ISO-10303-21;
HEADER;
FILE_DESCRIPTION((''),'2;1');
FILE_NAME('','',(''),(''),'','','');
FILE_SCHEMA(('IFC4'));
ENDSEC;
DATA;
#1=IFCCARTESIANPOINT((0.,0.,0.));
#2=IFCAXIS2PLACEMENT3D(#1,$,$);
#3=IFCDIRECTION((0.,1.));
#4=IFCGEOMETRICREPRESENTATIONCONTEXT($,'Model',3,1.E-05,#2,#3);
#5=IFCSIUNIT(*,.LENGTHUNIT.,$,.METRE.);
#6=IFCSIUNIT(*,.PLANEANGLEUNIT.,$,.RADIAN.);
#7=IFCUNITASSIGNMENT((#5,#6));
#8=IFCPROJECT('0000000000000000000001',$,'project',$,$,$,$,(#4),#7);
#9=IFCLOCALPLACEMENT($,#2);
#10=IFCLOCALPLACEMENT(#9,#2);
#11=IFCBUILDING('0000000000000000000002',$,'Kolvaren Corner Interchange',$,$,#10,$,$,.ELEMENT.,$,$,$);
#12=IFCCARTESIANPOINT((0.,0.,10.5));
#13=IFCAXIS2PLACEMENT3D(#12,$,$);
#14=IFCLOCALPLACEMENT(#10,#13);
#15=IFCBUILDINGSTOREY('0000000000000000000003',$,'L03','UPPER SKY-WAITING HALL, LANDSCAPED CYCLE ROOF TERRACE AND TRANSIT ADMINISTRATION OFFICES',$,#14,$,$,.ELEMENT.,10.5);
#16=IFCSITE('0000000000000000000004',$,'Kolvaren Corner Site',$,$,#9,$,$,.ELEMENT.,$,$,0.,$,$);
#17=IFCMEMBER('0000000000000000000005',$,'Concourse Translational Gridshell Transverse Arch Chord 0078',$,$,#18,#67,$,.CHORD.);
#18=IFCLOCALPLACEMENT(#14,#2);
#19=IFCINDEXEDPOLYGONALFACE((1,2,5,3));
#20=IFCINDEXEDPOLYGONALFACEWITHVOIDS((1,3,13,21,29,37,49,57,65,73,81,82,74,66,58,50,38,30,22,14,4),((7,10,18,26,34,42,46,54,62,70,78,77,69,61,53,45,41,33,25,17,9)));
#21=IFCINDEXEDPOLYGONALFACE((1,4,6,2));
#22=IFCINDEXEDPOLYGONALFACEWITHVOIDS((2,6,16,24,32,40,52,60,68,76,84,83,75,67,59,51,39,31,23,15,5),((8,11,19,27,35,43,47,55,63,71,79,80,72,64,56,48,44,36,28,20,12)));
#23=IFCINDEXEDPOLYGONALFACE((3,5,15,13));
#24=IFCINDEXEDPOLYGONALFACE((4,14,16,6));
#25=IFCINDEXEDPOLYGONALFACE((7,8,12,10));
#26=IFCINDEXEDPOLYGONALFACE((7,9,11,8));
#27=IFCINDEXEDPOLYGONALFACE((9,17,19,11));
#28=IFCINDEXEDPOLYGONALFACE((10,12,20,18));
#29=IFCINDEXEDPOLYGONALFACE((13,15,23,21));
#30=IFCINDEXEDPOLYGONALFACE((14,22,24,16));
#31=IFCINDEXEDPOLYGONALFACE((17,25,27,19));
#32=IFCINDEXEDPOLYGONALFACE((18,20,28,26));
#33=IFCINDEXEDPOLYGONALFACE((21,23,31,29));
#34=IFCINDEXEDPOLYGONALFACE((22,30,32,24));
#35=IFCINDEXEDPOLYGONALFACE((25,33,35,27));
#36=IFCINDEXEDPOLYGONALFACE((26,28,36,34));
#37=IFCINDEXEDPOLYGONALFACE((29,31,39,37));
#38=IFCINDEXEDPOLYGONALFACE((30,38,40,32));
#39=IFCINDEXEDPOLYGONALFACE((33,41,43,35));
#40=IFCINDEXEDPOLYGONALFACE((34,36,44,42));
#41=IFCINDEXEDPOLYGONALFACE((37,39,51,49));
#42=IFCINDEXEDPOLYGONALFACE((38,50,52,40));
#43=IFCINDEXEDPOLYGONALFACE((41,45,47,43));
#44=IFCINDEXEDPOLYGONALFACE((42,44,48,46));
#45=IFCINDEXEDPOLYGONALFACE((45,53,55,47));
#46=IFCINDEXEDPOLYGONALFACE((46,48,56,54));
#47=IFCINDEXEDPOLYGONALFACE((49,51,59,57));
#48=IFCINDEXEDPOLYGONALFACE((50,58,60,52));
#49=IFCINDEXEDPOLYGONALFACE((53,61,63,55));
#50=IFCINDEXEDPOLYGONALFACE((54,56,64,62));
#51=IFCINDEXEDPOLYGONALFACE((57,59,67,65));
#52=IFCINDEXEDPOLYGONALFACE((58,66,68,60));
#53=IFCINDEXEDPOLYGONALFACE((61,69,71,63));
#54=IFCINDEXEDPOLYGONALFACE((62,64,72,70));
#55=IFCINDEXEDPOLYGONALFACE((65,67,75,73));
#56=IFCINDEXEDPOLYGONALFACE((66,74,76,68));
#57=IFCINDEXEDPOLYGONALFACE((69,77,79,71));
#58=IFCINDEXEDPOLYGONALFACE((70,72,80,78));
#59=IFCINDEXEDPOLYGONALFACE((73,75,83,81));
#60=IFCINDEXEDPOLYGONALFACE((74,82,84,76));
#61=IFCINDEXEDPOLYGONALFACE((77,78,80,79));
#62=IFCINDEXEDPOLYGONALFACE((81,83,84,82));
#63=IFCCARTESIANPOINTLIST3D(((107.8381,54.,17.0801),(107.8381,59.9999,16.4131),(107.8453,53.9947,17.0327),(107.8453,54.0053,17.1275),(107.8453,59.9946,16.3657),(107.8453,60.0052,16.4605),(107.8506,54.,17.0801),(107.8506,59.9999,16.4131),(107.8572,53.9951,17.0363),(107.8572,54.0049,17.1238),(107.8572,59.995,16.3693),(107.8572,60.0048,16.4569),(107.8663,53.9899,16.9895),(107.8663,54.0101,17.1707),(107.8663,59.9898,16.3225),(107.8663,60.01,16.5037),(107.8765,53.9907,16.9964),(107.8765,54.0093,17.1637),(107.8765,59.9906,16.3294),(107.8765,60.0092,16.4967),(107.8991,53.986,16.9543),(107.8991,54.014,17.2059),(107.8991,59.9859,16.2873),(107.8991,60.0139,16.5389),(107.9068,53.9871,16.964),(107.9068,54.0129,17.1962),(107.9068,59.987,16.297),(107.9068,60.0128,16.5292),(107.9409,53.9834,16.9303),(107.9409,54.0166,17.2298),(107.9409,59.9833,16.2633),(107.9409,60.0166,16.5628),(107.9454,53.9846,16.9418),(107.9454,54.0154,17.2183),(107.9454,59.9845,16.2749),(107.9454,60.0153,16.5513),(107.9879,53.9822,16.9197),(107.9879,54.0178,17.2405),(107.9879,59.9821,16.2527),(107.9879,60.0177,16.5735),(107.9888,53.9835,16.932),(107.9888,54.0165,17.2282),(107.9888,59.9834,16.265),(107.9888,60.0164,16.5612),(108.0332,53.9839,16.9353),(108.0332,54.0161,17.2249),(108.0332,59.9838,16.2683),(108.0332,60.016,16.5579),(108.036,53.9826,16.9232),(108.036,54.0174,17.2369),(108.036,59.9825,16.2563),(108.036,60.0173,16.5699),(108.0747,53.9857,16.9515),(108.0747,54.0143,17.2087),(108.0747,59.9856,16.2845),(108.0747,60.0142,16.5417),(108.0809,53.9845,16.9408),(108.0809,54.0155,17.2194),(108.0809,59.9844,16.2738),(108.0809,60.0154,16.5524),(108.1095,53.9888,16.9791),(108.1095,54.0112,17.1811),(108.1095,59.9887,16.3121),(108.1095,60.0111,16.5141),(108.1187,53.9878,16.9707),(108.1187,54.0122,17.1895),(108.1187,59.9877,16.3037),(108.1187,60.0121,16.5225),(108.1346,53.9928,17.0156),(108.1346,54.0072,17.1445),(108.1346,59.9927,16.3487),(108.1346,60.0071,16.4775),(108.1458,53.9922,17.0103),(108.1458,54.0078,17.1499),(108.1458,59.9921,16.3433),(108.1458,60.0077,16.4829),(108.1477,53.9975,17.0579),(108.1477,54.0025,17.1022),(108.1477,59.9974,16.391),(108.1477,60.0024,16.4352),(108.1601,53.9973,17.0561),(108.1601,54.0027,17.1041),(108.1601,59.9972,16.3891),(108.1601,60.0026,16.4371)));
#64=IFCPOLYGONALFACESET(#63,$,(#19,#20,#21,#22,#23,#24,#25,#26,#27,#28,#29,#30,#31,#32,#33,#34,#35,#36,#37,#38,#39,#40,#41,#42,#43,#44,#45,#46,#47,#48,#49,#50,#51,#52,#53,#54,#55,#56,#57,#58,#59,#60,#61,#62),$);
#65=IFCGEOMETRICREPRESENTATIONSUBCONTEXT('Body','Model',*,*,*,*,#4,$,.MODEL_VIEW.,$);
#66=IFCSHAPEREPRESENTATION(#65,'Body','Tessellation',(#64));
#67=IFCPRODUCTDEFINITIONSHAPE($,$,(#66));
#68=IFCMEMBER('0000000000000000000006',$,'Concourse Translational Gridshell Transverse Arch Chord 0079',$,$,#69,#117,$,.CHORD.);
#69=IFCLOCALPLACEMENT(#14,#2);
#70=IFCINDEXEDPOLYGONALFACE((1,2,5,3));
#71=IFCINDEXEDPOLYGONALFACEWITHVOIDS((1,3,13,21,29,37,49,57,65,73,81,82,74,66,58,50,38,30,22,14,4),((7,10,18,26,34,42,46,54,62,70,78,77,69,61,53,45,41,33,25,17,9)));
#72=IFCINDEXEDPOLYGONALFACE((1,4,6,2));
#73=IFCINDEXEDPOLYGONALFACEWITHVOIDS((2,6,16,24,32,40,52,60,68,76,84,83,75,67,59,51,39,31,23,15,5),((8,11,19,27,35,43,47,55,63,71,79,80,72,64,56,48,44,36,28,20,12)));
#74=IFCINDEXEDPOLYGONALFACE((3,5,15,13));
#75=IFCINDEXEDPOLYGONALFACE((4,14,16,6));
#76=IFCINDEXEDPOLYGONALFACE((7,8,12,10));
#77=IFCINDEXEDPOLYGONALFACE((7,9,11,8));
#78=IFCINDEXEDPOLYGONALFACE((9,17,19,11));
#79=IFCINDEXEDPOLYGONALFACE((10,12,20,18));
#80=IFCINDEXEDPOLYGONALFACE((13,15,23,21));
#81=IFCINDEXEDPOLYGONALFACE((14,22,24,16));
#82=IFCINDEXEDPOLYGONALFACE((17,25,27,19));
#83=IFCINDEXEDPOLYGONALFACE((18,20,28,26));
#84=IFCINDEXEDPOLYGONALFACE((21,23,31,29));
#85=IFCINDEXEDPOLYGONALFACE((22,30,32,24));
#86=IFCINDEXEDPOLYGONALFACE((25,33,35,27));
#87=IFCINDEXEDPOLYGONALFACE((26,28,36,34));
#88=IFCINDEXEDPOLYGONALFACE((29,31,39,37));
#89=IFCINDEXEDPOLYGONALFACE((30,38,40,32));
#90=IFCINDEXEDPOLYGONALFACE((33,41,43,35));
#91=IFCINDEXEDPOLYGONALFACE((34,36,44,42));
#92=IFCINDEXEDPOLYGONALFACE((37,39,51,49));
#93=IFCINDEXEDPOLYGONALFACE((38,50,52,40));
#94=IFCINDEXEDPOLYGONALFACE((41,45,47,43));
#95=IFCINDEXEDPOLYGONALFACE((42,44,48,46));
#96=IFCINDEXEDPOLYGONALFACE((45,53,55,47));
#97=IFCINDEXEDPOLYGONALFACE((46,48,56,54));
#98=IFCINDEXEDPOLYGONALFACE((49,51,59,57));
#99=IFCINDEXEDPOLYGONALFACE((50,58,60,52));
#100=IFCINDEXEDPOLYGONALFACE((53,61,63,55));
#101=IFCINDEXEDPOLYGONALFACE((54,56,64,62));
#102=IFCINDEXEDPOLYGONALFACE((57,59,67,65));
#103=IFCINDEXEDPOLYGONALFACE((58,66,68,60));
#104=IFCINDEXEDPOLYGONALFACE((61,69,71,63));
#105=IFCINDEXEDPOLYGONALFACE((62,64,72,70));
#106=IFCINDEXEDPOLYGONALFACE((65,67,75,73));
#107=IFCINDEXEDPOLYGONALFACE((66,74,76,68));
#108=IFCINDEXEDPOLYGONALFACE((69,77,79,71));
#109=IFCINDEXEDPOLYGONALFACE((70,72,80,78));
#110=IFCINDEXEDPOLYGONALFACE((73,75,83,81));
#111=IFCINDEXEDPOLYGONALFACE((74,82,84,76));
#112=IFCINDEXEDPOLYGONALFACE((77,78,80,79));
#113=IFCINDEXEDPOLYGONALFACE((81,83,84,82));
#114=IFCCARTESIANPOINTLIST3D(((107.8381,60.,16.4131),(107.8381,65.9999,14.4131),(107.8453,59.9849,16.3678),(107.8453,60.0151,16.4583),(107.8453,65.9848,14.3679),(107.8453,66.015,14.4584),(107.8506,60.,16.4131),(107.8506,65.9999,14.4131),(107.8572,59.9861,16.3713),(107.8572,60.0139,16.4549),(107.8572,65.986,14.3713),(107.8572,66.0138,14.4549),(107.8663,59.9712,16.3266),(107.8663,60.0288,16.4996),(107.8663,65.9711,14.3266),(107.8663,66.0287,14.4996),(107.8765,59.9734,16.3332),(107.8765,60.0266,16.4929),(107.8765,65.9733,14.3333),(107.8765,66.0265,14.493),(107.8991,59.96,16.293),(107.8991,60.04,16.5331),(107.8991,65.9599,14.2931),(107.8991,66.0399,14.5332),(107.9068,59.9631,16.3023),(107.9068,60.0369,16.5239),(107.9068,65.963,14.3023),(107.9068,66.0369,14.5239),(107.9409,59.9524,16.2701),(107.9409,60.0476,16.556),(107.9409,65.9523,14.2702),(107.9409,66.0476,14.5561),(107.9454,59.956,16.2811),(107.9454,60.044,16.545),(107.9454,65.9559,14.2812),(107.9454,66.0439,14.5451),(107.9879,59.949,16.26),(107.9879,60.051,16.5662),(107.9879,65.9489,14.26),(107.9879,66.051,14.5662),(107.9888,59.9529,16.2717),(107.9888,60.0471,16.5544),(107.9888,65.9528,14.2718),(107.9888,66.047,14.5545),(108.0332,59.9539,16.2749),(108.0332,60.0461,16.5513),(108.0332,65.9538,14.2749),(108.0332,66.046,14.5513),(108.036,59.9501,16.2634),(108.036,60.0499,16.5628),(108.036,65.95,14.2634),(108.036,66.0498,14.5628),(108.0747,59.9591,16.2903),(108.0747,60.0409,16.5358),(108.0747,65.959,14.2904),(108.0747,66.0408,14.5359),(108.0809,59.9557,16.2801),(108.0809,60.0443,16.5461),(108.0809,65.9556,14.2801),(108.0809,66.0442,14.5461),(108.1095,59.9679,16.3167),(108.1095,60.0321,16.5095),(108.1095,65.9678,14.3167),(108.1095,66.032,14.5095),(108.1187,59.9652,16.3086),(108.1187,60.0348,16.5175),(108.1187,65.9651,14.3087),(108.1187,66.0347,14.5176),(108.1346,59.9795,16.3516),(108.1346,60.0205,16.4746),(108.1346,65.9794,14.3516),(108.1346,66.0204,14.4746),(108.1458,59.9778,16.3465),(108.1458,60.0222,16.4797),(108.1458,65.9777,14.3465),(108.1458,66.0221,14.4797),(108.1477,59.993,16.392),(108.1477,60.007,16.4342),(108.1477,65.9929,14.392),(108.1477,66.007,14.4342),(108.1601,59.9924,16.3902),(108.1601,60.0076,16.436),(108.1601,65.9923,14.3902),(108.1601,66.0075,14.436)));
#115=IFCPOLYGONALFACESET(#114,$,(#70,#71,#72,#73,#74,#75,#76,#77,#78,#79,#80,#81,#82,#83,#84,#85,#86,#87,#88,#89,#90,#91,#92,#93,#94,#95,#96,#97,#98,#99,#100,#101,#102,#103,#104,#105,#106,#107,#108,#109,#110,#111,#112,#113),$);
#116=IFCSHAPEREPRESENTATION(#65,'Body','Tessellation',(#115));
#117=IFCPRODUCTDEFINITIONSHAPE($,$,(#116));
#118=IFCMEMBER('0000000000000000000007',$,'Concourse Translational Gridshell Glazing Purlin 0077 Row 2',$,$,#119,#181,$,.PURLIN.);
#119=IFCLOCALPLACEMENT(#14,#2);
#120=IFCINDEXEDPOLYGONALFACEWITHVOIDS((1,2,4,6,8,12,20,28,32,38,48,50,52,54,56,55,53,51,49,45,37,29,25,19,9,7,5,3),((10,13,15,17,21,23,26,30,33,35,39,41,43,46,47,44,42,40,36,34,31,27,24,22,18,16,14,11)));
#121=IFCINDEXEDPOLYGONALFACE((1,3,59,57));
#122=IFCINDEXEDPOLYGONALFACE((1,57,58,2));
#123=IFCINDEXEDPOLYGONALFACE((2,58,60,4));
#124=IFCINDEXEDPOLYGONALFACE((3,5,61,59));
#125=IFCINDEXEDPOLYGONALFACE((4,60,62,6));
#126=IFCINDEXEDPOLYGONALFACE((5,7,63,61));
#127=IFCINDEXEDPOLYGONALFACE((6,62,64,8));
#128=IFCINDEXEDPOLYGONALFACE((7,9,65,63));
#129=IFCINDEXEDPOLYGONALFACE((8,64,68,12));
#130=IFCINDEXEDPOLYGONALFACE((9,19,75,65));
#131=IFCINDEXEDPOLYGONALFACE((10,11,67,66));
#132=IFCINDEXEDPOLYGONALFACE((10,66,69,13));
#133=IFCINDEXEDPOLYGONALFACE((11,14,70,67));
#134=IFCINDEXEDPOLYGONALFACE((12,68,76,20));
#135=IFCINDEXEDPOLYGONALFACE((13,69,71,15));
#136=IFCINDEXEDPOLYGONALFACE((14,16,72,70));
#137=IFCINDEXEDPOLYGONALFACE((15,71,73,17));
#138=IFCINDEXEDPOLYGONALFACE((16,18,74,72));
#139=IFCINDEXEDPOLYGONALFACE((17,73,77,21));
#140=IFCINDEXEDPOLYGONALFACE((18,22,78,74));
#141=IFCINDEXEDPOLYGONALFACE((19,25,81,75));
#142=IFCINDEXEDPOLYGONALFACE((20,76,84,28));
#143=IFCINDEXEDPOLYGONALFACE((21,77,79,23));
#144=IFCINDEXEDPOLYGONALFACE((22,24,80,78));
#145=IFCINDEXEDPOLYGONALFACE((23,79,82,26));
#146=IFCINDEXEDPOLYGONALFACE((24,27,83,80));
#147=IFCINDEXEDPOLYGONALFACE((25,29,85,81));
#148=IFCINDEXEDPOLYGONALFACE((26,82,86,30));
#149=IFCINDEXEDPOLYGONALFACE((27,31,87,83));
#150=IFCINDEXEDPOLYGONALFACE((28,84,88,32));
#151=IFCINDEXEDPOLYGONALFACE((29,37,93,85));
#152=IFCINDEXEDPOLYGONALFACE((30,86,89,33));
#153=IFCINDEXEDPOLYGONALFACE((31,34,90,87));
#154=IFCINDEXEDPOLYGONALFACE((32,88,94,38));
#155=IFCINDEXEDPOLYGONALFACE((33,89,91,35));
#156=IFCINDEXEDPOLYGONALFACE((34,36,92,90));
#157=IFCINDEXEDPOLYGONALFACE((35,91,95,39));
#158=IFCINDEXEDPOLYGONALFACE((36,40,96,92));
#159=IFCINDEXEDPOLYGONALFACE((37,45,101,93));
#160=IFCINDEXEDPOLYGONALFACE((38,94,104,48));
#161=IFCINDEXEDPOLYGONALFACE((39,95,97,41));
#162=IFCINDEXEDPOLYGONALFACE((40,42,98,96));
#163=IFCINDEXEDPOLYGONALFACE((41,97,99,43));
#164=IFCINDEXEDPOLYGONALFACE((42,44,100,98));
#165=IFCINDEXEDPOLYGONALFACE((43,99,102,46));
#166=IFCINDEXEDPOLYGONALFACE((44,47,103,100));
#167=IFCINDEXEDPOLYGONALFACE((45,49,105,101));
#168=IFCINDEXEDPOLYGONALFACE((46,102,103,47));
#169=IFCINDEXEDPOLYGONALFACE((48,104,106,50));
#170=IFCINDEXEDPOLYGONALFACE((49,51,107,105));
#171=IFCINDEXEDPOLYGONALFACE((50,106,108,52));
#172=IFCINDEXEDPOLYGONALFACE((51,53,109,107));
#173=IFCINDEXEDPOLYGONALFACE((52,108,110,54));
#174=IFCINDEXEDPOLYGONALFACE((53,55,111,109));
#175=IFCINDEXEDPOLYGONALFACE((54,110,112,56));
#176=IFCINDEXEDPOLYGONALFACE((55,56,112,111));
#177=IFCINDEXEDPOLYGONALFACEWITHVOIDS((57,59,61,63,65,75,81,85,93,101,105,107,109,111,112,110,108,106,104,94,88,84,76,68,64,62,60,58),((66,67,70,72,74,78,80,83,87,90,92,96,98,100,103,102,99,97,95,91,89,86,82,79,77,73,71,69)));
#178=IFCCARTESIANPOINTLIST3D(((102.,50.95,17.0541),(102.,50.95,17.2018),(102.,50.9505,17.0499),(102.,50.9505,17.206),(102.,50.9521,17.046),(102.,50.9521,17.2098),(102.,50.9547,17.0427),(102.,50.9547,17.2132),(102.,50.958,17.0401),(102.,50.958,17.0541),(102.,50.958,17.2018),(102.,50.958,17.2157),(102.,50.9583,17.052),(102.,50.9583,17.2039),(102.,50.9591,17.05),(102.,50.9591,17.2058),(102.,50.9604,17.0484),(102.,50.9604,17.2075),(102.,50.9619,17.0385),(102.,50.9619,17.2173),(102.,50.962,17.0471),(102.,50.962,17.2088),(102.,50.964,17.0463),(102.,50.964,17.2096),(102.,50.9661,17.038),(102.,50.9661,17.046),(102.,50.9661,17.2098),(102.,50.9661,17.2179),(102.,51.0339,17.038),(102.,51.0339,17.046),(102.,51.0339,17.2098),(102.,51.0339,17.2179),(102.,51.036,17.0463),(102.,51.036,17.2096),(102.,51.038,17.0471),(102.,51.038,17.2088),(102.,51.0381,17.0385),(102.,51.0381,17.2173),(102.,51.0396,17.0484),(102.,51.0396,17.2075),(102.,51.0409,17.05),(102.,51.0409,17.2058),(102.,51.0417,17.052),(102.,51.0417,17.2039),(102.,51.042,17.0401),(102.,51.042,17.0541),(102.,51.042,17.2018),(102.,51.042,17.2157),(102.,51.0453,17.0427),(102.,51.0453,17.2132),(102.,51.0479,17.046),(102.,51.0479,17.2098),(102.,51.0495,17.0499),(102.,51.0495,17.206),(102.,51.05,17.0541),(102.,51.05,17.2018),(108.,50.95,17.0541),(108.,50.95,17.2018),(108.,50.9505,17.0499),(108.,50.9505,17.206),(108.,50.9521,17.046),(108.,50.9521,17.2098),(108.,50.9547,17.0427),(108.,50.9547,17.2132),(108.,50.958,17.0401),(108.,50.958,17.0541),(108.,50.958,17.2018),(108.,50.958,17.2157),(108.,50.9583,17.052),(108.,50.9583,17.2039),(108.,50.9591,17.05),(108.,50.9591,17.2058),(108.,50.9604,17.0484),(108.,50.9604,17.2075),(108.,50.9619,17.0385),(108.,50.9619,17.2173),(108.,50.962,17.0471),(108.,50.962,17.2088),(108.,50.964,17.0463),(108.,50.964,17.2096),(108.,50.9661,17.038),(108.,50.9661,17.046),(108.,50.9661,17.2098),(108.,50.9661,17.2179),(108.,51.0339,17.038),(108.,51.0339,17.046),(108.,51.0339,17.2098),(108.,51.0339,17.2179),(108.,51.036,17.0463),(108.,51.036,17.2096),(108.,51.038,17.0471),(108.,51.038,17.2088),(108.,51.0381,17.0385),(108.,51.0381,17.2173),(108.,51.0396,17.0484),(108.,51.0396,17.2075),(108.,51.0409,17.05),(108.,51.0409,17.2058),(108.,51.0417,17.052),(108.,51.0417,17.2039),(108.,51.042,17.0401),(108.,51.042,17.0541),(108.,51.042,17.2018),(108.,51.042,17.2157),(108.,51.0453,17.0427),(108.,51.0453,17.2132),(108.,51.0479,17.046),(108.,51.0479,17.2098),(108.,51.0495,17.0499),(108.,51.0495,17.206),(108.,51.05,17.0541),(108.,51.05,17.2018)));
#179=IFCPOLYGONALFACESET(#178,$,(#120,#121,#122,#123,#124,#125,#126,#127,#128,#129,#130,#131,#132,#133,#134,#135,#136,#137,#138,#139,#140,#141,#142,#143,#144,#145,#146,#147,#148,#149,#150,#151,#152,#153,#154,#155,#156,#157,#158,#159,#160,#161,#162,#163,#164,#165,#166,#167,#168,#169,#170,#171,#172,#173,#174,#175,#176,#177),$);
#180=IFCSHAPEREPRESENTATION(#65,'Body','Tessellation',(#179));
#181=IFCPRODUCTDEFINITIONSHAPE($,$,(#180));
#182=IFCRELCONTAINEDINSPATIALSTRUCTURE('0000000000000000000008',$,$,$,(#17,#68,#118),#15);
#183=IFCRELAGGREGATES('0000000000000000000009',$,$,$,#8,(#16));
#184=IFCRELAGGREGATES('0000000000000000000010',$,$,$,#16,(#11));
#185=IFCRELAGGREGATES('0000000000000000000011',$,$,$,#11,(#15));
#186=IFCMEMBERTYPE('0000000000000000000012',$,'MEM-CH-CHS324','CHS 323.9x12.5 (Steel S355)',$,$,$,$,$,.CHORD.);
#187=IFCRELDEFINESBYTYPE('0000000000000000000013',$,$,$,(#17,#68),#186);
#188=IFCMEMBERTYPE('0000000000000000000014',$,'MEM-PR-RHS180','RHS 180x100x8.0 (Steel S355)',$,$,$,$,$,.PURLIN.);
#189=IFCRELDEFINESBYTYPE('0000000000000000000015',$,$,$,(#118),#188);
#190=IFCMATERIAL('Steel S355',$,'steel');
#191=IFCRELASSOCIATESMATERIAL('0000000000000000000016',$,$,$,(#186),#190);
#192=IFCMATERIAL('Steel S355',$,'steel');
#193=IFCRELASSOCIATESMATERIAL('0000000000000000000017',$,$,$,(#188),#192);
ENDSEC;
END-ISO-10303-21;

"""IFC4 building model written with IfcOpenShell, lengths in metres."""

from ifc_helpers import new_model, si_unit, direction, frame, origin, origin_2d, place, context, subcontext, project, spatial, hollow_rectangle, hollow_circle, extrude, material, material_profile, profile_set, type_object, element, save


model = new_model("IFC4")

# Units and contexts
model_context = context("Model", 3, precision=1e-05, world=origin(), true_north=direction((0.0, 1.0)))
body_context = subcontext(model_context, "Body", "Model", "MODEL_VIEW")
ifc_project = project(units=[si_unit("LENGTHUNIT", "METRE"), si_unit("PLANEANGLEUNIT", "RADIAN")], contexts=[model_context])

# Site, building, storey
site_placement = place(None, origin())
site = spatial("IfcSite", under=ifc_project, at=site_placement, Name="Kolvaren Corner Site", CompositionType="ELEMENT", RefElevation=0.0)
building_placement = place(site_placement, origin())
building = spatial("IfcBuilding", under=site, at=building_placement, Name="Kolvaren Corner Interchange", CompositionType="ELEMENT")
storey_placement = place(building_placement, frame((0.0, 0.0, 10.5)))
storey = spatial("IfcBuildingStorey", under=building, at=storey_placement, Name="L03", Description="UPPER SKY-WAITING HALL, LANDSCAPED CYCLE ROOF TERRACE AND TRANSIT ADMINISTRATION OFFICES", CompositionType="ELEMENT", Elevation=10.5)

# Members
ifc_material_1 = material(Name="Steel S355", Category="steel")
ifc_material_profile_1 = material_profile(ifc_material_1, hollow_circle(Radius=0.1619, WallThickness=0.0125, at=origin_2d()), Name="CHS 323.9x12.5")
ifc_profile_set_1 = profile_set([ifc_material_profile_1], Name="Steel S355")
member_type_1 = type_object("IfcMemberType", Name="MEM-CH-CHS324", Description="CHS 323.9x12.5 (Steel S355)", PredefinedType="CHORD", material=ifc_profile_set_1)
member_1_placement = place(storey_placement, frame((108.0, 54.0, 17.0801), z_axis=(0.0, 0.993878, -0.110485), x_axis=(-1.0, 0.0, 0.0)))
element("IfcMember", 1, at=member_1_placement, inside=storey, type_object=member_type_1, Name="Concourse Translational Gridshell Transverse Arch Chord 0078", PredefinedType="CHORD", context=body_context, shape_type="SweptSolid", body=[
    extrude(hollow_circle(Radius=0.1619, WallThickness=0.0125, at=origin_2d()), origin(), (0.0, 0.0, 1.0), 6.0369),
])
member_2_placement = place(storey_placement, frame((108.0, 60.0, 16.4131), z_axis=(0.0, 0.948683, -0.316228), x_axis=(-1.0, 0.0, 0.0)))
element("IfcMember", 2, at=member_2_placement, inside=storey, type_object=member_type_1, Name="Concourse Translational Gridshell Transverse Arch Chord 0079", PredefinedType="CHORD", context=body_context, shape_type="SweptSolid", body=[
    extrude(hollow_circle(Radius=0.1619, WallThickness=0.0125, at=origin_2d()), origin(), (0.0, 0.0, 1.0), 6.3245),
])
ifc_material_2 = material(Name="Steel S355", Category="steel")
ifc_material_profile_2 = material_profile(ifc_material_2, hollow_rectangle(XDim=0.1001, YDim=0.1799, WallThickness=0.0081, InnerFilletRadius=0.0081, OuterFilletRadius=0.0161, at=origin_2d()), Name="RHS 180x100x8.0")
ifc_profile_set_2 = profile_set([ifc_material_profile_2], Name="Steel S355")
member_type_2 = type_object("IfcMemberType", Name="MEM-PR-RHS180", Description="RHS 180x100x8.0 (Steel S355)", PredefinedType="PURLIN", material=ifc_profile_set_2)
for number, where, z_axis, x_axis, name in (
    (3, (102.0, 51.0, 17.1279), (1.0, 0.0, 0.0), (0.0, 1.0, 0.0), "Concourse Translational Gridshell Glazing Purlin 0077 Row 2"),
):
    element("IfcMember", number, at=place(storey_placement, frame(where, z_axis=z_axis, x_axis=x_axis)), inside=storey, type_object=member_type_2, Name=name, PredefinedType="PURLIN", context=body_context, shape_type="SweptSolid", body=[
        extrude(hollow_rectangle(XDim=0.1001, YDim=0.1799, WallThickness=0.0081, InnerFilletRadius=0.0081, OuterFilletRadius=0.0161, at=origin_2d()), origin(), (0.0, 0.0, 1.0), 6.0),
    ])

save(model, "model.ifc")
